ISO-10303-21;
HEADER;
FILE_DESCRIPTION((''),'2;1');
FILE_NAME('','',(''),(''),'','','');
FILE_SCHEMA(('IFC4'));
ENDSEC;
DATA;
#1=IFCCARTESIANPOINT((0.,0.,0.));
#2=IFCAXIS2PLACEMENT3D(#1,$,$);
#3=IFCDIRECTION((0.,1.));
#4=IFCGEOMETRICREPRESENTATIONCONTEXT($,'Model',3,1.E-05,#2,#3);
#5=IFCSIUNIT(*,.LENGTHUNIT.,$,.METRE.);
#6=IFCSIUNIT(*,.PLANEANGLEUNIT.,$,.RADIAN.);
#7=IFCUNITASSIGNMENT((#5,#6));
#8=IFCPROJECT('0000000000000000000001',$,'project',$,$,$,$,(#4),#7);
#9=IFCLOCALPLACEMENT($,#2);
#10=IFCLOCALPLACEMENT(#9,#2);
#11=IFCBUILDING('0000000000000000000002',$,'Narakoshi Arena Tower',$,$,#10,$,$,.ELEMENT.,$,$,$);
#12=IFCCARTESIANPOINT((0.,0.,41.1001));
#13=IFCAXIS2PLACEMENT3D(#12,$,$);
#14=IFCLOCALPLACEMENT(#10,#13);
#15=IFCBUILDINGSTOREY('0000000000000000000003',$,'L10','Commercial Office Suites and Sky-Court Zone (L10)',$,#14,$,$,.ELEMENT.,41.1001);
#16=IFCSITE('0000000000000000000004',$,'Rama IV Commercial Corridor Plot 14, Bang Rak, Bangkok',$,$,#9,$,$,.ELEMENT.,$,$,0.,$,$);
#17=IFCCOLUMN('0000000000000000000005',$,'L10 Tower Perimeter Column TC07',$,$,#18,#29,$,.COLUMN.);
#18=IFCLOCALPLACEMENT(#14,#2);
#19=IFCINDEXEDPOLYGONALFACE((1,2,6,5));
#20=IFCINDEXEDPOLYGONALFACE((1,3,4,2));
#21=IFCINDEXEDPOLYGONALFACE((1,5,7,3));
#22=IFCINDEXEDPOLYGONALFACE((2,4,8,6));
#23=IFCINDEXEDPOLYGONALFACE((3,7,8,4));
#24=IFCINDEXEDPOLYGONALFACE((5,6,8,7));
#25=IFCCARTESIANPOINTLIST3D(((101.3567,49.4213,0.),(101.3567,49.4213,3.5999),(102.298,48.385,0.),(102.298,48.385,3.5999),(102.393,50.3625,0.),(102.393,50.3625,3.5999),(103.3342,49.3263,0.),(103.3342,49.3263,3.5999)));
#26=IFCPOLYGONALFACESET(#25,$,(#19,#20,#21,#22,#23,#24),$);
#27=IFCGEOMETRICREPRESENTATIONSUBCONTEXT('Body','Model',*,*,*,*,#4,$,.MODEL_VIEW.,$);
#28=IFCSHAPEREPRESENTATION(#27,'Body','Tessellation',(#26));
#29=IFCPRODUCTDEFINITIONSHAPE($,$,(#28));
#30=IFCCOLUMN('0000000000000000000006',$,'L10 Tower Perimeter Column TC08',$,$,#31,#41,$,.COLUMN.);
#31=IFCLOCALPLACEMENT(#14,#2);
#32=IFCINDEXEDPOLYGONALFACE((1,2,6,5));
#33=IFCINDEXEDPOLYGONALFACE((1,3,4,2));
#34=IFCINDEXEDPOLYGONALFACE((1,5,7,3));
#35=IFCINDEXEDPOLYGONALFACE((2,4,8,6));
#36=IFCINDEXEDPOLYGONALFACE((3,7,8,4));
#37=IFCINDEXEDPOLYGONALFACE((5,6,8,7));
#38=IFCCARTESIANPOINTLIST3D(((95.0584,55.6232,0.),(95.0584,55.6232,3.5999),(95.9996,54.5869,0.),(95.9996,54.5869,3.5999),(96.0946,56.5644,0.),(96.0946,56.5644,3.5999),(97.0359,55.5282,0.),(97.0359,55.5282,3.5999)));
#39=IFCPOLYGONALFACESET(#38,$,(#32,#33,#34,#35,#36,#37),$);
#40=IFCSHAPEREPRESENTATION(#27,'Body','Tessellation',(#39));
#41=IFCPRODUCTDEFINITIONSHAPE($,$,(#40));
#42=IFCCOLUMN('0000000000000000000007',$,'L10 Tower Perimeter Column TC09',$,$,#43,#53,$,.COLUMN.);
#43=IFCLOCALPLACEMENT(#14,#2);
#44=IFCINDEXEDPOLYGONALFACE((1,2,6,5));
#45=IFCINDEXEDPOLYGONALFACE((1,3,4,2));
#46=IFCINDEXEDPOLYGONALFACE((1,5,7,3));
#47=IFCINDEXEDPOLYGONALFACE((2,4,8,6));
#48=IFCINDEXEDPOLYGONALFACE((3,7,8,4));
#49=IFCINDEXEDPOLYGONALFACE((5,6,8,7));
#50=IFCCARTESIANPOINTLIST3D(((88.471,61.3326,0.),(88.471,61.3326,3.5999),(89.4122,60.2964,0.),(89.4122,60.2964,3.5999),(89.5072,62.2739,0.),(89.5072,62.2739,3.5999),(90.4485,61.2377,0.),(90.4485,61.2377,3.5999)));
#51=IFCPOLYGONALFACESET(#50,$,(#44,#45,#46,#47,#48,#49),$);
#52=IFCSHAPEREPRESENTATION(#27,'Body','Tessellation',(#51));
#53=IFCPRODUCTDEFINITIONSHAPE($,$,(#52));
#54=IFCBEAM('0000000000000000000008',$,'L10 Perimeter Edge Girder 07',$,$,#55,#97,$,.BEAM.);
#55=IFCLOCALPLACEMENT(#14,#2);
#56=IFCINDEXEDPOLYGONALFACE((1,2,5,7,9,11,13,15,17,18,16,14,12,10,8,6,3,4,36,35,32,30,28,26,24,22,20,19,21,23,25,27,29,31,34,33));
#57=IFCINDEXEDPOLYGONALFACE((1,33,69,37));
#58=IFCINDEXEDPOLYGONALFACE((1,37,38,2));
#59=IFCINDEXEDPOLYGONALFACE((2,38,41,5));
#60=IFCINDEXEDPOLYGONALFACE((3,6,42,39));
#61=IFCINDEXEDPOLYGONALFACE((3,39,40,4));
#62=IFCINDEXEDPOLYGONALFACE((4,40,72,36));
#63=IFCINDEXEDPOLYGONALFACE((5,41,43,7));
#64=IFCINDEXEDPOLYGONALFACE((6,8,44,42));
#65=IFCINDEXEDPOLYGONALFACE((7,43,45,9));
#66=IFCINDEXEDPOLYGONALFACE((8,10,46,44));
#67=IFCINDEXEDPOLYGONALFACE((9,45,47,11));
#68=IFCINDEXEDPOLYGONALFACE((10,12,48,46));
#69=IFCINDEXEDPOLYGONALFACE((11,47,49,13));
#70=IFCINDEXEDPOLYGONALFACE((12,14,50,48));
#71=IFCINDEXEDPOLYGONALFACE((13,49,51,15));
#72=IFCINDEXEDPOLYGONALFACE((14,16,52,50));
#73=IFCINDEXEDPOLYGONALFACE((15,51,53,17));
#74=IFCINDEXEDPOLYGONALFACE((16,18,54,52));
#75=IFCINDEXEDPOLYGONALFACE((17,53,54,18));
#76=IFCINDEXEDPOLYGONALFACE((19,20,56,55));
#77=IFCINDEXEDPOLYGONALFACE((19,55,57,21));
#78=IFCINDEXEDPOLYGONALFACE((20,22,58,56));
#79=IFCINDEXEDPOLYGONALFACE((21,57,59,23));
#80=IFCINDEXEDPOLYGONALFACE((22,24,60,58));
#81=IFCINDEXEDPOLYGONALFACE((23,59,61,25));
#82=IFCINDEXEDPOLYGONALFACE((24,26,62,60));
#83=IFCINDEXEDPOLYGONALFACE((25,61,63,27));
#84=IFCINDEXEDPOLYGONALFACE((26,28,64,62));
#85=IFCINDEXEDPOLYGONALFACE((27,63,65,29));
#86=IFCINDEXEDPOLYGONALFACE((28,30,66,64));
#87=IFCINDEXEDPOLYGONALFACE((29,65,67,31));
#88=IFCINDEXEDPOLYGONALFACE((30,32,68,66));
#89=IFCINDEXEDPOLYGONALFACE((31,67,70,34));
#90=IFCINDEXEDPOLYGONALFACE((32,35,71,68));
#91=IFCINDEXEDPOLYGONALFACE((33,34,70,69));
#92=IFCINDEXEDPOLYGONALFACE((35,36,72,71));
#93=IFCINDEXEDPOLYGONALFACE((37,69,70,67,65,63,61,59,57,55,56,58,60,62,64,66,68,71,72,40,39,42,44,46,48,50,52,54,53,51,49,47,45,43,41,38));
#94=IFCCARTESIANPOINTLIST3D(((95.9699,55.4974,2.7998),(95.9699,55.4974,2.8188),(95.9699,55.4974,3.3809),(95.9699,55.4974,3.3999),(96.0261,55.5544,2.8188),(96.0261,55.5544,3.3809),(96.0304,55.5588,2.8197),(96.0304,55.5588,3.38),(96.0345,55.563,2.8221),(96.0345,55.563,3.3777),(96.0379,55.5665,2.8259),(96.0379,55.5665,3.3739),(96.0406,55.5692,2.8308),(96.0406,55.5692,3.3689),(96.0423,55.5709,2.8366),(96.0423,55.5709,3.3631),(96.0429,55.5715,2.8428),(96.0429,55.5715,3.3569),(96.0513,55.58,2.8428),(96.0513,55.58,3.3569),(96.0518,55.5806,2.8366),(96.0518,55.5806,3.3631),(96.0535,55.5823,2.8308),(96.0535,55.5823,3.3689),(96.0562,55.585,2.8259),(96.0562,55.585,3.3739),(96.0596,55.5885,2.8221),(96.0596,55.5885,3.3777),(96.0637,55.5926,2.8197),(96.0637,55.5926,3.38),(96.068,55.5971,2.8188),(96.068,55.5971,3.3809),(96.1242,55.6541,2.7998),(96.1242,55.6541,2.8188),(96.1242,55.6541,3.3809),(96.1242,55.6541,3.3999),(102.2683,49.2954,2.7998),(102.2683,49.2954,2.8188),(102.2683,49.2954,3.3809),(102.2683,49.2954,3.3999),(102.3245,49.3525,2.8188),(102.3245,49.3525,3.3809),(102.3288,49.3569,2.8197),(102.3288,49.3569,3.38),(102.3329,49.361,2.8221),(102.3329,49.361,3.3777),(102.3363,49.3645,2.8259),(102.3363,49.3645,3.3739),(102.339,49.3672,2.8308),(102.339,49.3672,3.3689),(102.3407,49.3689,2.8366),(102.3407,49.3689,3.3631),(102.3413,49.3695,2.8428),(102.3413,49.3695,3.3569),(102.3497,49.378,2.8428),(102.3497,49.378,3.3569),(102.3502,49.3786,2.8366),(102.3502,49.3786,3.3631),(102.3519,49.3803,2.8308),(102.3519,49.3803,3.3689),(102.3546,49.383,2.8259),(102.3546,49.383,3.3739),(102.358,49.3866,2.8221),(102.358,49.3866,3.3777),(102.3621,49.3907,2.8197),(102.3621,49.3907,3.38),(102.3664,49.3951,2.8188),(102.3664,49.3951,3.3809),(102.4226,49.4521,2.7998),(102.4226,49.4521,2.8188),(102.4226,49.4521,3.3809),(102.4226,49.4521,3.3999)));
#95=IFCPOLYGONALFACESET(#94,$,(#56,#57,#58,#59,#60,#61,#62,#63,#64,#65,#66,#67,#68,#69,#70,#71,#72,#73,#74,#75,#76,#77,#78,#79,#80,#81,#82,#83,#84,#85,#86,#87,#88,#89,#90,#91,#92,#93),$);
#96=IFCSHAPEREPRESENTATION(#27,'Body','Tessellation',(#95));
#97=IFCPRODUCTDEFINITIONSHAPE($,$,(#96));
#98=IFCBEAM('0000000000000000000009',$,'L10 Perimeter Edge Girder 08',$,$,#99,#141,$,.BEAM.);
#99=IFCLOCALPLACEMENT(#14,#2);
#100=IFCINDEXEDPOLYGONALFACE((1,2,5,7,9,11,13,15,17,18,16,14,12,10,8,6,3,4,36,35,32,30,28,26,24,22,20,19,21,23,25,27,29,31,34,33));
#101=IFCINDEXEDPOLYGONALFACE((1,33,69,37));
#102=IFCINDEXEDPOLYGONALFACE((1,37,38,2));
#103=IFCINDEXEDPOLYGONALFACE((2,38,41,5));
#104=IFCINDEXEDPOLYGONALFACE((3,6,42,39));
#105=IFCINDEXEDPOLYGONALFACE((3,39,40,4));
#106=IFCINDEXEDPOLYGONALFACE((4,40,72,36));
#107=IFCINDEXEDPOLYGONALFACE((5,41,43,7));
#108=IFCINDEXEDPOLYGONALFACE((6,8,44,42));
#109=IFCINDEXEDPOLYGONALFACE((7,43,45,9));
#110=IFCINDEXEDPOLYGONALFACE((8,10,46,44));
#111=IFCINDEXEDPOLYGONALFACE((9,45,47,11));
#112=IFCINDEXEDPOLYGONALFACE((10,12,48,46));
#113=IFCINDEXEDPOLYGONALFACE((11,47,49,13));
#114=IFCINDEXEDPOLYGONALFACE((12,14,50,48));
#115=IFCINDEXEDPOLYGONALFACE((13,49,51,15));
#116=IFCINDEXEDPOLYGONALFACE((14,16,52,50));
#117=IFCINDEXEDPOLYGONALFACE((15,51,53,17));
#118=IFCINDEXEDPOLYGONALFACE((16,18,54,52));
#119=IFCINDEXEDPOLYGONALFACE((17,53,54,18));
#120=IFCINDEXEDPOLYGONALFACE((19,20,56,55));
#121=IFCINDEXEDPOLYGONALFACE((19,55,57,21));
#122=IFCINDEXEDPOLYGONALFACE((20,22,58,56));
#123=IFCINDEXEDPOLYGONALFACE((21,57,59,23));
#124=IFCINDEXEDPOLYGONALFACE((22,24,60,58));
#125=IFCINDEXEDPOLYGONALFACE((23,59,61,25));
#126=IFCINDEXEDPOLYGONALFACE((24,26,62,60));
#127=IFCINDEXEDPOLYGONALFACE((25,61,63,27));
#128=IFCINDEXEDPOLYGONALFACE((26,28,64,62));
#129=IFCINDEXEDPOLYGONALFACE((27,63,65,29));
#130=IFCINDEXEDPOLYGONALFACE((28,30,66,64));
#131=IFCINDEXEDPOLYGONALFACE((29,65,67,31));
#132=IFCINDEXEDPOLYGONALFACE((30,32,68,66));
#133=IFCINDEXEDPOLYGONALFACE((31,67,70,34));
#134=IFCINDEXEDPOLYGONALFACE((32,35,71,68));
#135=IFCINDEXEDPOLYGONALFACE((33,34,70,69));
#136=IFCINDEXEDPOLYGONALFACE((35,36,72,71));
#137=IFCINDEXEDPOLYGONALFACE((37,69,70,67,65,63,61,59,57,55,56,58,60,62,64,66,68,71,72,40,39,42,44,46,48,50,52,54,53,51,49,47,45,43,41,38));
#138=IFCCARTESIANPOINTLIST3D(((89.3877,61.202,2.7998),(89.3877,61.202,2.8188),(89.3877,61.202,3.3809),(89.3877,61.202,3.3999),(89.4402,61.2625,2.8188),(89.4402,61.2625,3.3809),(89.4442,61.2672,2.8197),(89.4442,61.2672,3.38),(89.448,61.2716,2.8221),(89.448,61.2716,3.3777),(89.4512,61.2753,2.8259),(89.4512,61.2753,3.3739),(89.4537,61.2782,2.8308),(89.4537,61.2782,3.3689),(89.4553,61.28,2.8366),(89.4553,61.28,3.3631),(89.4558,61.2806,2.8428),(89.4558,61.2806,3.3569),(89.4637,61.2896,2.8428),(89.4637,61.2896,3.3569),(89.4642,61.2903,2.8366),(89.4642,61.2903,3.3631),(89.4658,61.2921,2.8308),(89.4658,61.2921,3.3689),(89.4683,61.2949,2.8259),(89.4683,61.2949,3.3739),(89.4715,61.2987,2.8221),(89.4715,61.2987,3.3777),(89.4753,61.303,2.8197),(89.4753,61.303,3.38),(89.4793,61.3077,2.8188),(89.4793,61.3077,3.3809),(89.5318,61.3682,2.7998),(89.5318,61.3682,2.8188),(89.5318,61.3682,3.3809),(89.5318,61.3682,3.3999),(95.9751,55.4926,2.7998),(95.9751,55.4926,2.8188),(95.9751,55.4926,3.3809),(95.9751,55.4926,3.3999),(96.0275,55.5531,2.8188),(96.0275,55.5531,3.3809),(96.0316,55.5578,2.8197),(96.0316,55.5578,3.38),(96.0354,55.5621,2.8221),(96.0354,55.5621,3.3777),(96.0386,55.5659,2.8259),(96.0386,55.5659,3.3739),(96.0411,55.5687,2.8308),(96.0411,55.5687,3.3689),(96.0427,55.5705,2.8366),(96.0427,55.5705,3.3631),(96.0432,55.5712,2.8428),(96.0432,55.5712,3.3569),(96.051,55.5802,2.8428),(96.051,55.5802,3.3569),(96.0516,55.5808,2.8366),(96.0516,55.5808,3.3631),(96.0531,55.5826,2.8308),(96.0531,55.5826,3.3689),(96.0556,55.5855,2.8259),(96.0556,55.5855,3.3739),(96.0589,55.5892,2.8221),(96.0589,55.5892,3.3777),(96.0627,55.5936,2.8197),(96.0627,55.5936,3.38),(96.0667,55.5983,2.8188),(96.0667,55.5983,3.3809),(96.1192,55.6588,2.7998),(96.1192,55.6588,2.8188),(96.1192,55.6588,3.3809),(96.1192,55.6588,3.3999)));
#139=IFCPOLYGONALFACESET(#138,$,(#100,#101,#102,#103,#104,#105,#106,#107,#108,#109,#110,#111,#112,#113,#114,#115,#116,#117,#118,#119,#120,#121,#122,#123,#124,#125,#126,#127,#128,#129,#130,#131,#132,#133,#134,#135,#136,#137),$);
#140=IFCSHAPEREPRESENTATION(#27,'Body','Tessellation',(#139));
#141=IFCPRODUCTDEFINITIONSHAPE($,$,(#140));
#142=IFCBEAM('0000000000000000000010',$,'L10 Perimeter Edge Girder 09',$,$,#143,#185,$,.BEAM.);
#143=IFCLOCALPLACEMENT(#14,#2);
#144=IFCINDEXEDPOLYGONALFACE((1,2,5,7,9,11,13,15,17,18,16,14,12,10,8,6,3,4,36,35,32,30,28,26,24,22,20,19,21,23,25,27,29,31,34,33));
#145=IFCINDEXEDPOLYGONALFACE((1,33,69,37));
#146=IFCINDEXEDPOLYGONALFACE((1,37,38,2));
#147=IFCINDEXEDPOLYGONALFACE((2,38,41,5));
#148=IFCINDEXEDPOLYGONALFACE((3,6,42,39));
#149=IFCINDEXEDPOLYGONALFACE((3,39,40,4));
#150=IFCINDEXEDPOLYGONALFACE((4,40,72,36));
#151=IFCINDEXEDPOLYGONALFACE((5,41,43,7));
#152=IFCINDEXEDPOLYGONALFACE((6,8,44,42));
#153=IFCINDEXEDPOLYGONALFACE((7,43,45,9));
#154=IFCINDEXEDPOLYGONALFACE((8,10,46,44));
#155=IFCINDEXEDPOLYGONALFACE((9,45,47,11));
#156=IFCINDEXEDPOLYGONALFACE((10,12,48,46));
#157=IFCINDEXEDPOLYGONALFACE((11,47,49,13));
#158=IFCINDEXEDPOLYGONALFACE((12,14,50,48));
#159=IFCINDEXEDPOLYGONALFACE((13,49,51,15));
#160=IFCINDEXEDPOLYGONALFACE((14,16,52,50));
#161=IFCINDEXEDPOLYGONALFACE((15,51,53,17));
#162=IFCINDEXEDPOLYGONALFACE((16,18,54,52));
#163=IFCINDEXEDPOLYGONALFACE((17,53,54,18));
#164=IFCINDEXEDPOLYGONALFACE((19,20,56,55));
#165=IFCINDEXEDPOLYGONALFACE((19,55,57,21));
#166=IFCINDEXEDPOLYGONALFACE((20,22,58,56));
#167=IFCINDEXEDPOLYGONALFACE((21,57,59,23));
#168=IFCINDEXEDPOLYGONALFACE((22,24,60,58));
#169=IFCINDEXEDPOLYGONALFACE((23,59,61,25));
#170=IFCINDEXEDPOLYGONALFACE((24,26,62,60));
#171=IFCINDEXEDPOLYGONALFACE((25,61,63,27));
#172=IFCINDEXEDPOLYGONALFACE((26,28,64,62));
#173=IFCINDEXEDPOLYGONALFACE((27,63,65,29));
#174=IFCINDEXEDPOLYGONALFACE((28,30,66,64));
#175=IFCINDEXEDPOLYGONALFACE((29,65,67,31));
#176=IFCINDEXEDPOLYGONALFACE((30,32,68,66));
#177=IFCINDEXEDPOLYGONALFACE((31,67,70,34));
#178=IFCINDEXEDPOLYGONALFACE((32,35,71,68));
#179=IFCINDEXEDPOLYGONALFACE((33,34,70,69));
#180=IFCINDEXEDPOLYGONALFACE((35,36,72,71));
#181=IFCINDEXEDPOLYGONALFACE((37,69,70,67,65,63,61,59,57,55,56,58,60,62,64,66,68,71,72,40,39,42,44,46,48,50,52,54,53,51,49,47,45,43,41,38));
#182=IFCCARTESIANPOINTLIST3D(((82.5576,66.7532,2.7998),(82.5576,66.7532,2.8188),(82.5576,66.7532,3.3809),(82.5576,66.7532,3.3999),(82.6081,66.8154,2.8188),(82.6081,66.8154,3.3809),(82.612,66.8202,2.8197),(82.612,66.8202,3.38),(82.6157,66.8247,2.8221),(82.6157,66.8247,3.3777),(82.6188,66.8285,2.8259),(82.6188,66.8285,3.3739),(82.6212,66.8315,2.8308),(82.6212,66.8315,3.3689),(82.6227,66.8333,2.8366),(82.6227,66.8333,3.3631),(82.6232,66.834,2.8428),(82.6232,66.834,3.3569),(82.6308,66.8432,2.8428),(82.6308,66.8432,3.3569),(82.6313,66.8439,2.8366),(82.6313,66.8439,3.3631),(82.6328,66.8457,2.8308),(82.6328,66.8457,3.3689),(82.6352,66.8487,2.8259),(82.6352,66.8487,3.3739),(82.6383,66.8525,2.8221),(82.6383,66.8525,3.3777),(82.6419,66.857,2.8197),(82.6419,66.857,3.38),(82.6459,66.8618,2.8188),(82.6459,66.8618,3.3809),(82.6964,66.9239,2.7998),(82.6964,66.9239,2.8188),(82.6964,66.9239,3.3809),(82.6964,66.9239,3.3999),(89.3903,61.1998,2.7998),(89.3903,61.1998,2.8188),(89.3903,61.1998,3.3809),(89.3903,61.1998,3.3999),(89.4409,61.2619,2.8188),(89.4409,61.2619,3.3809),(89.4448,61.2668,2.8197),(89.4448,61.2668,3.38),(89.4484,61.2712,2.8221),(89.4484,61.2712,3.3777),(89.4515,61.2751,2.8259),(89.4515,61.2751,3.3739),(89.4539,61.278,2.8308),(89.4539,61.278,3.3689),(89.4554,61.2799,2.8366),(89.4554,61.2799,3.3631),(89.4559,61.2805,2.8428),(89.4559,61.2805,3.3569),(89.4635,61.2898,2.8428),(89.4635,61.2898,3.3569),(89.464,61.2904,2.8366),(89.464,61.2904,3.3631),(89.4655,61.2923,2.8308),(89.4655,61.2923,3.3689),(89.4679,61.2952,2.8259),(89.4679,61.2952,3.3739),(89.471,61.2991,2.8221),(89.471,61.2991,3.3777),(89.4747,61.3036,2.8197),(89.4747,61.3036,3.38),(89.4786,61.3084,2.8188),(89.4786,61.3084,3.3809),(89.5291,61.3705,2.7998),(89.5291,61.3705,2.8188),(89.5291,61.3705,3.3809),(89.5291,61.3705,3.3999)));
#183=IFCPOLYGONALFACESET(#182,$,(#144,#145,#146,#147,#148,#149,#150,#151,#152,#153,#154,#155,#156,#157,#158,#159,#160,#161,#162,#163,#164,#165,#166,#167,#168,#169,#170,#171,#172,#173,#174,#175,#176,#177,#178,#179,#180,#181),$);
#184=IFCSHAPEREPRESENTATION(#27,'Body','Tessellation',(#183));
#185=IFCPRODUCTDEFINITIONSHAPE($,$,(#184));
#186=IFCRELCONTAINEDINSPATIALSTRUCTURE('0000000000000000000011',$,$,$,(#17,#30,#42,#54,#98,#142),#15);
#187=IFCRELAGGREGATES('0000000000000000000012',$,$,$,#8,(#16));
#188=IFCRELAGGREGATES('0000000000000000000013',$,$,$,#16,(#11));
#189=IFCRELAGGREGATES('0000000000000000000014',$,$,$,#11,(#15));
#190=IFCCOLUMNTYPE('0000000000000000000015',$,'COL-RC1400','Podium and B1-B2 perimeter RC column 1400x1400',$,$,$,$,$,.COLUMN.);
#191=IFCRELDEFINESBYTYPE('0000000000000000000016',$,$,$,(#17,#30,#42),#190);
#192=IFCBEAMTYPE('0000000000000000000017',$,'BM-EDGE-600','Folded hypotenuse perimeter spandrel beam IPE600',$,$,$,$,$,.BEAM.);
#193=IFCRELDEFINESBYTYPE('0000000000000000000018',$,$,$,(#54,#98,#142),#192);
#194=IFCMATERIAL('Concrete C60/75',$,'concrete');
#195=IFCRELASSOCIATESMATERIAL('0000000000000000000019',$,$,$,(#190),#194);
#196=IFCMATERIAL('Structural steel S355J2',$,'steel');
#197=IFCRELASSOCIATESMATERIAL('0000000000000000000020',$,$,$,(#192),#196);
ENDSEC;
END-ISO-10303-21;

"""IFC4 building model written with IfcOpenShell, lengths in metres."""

from ifc_helpers import new_model, si_unit, direction, frame, origin, origin_2d, place, context, subcontext, project, spatial, rectangle, i_section, extrude, material, material_profile, profile_set, type_object, element, save


model = new_model("IFC4")

# Units and contexts
model_context = context("Model", 3, precision=1e-05, world=origin(), true_north=direction((0.0, 1.0)))
body_context = subcontext(model_context, "Body", "Model", "MODEL_VIEW")
ifc_project = project(units=[si_unit("LENGTHUNIT", "METRE"), si_unit("PLANEANGLEUNIT", "RADIAN")], contexts=[model_context])

# Site, building, storey
site_placement = place(None, origin())
site = spatial("IfcSite", under=ifc_project, at=site_placement, Name="Rama IV Commercial Corridor Plot 14, Bang Rak, Bangkok", CompositionType="ELEMENT", RefElevation=0.0)
building_placement = place(site_placement, origin())
building = spatial("IfcBuilding", under=site, at=building_placement, Name="Narakoshi Arena Tower", CompositionType="ELEMENT")
storey_placement = place(building_placement, frame((0.0, 0.0, 41.1001)))
storey = spatial("IfcBuildingStorey", under=building, at=storey_placement, Name="L10", Description="Commercial Office Suites and Sky-Court Zone (L10)", CompositionType="ELEMENT", Elevation=41.1001)

# Columns
ifc_material_1 = material(Name="Concrete C60/75", Category="concrete")
ifc_material_profile_1 = material_profile(ifc_material_1, rectangle(XDim=1.3999, YDim=1.3999, at=origin_2d()), Name="RC1400x1400")
ifc_profile_set_1 = profile_set([ifc_material_profile_1], Name="Concrete C60/75")
column_type = type_object("IfcColumnType", Name="COL-RC1400", Description="Podium and B1-B2 perimeter RC column 1400x1400", PredefinedType="COLUMN", material=ifc_profile_set_1)
for number, where, z_axis, x_axis, name in (
    (1, (102.3455, 49.3738, 0.0), (0.0, 0.0, 1.0), (0.740218, 0.672367, 0.0), "L10 Tower Perimeter Column TC07"),
    (2, (96.0471, 55.5757, 0.0), (0.0, 0.0, 1.0), (0.740218, 0.672367, 0.0), "L10 Tower Perimeter Column TC08"),
    (3, (89.4597, 61.2852, 0.0), (0.0, 0.0, 1.0), (0.740218, 0.672367, 0.0), "L10 Tower Perimeter Column TC09"),
):
    element("IfcColumn", number, at=place(storey_placement, frame(where, z_axis=z_axis, x_axis=x_axis)), inside=storey, type_object=column_type, Name=name, PredefinedType="COLUMN", context=body_context, shape_type="SweptSolid", body=[
        extrude(rectangle(XDim=1.3999, YDim=1.3999, at=origin_2d()), origin(), (0.0, 0.0, 1.0), 3.5999),
    ])

# Beams
ifc_material_2 = material(Name="Structural steel S355J2", Category="steel")
ifc_material_profile_2 = material_profile(ifc_material_2, i_section(OverallWidth=0.22, OverallDepth=0.6001, WebThickness=0.012, FlangeThickness=0.019, FilletRadius=0.0239, at=origin_2d()), Name="IPE600")
ifc_profile_set_2 = profile_set([ifc_material_profile_2], Name="Structural steel S355J2")
beam_type_1 = type_object("IfcBeamType", Name="BM-EDGE-600", Description="Folded hypotenuse perimeter spandrel beam IPE600", PredefinedType="BEAM", material=ifc_profile_set_2)
beam_1_placement = place(storey_placement, frame((102.3455, 49.3738, 3.0999), z_axis=(-0.712541, 0.701631, 0.0), x_axis=(-0.701631, -0.712541, 0.0)))
element("IfcBeam", 4, at=beam_1_placement, inside=storey, type_object=beam_type_1, Name="L10 Perimeter Edge Girder 07", PredefinedType="BEAM", context=body_context, shape_type="SweptSolid", body=[
    extrude(i_section(OverallWidth=0.22, OverallDepth=0.6001, WebThickness=0.012, FlangeThickness=0.019, FilletRadius=0.0239, at=origin_2d()), origin(), (0.0, 0.0, 1.0), 8.8394),
])
beam_2_placement = place(storey_placement, frame((96.0471, 55.5757, 3.0999), z_axis=(-0.755667, 0.654956, 0.0), x_axis=(-0.654956, -0.755667, 0.0)))
element("IfcBeam", 5, at=beam_2_placement, inside=storey, type_object=beam_type_1, Name="L10 Perimeter Edge Girder 08", PredefinedType="BEAM", context=body_context, shape_type="SweptSolid", body=[
    extrude(i_section(OverallWidth=0.22, OverallDepth=0.6001, WebThickness=0.012, FlangeThickness=0.019, FilletRadius=0.0239, at=origin_2d()), origin(), (0.0, 0.0, 1.0), 8.7173),
])
beam_3_placement = place(storey_placement, frame((89.4597, 61.2852, 3.0999), z_axis=(-0.776011, 0.630719, 0.0), x_axis=(-0.630719, -0.776011, 0.0)))
element("IfcBeam", 6, at=beam_3_placement, inside=storey, type_object=beam_type_1, Name="L10 Perimeter Edge Girder 09", PredefinedType="BEAM", context=body_context, shape_type="SweptSolid", body=[
    extrude(i_section(OverallWidth=0.22, OverallDepth=0.6001, WebThickness=0.012, FlangeThickness=0.019, FilletRadius=0.0239, at=origin_2d()), origin(), (0.0, 0.0, 1.0), 8.8049),
])

save(model, "model.ifc")
